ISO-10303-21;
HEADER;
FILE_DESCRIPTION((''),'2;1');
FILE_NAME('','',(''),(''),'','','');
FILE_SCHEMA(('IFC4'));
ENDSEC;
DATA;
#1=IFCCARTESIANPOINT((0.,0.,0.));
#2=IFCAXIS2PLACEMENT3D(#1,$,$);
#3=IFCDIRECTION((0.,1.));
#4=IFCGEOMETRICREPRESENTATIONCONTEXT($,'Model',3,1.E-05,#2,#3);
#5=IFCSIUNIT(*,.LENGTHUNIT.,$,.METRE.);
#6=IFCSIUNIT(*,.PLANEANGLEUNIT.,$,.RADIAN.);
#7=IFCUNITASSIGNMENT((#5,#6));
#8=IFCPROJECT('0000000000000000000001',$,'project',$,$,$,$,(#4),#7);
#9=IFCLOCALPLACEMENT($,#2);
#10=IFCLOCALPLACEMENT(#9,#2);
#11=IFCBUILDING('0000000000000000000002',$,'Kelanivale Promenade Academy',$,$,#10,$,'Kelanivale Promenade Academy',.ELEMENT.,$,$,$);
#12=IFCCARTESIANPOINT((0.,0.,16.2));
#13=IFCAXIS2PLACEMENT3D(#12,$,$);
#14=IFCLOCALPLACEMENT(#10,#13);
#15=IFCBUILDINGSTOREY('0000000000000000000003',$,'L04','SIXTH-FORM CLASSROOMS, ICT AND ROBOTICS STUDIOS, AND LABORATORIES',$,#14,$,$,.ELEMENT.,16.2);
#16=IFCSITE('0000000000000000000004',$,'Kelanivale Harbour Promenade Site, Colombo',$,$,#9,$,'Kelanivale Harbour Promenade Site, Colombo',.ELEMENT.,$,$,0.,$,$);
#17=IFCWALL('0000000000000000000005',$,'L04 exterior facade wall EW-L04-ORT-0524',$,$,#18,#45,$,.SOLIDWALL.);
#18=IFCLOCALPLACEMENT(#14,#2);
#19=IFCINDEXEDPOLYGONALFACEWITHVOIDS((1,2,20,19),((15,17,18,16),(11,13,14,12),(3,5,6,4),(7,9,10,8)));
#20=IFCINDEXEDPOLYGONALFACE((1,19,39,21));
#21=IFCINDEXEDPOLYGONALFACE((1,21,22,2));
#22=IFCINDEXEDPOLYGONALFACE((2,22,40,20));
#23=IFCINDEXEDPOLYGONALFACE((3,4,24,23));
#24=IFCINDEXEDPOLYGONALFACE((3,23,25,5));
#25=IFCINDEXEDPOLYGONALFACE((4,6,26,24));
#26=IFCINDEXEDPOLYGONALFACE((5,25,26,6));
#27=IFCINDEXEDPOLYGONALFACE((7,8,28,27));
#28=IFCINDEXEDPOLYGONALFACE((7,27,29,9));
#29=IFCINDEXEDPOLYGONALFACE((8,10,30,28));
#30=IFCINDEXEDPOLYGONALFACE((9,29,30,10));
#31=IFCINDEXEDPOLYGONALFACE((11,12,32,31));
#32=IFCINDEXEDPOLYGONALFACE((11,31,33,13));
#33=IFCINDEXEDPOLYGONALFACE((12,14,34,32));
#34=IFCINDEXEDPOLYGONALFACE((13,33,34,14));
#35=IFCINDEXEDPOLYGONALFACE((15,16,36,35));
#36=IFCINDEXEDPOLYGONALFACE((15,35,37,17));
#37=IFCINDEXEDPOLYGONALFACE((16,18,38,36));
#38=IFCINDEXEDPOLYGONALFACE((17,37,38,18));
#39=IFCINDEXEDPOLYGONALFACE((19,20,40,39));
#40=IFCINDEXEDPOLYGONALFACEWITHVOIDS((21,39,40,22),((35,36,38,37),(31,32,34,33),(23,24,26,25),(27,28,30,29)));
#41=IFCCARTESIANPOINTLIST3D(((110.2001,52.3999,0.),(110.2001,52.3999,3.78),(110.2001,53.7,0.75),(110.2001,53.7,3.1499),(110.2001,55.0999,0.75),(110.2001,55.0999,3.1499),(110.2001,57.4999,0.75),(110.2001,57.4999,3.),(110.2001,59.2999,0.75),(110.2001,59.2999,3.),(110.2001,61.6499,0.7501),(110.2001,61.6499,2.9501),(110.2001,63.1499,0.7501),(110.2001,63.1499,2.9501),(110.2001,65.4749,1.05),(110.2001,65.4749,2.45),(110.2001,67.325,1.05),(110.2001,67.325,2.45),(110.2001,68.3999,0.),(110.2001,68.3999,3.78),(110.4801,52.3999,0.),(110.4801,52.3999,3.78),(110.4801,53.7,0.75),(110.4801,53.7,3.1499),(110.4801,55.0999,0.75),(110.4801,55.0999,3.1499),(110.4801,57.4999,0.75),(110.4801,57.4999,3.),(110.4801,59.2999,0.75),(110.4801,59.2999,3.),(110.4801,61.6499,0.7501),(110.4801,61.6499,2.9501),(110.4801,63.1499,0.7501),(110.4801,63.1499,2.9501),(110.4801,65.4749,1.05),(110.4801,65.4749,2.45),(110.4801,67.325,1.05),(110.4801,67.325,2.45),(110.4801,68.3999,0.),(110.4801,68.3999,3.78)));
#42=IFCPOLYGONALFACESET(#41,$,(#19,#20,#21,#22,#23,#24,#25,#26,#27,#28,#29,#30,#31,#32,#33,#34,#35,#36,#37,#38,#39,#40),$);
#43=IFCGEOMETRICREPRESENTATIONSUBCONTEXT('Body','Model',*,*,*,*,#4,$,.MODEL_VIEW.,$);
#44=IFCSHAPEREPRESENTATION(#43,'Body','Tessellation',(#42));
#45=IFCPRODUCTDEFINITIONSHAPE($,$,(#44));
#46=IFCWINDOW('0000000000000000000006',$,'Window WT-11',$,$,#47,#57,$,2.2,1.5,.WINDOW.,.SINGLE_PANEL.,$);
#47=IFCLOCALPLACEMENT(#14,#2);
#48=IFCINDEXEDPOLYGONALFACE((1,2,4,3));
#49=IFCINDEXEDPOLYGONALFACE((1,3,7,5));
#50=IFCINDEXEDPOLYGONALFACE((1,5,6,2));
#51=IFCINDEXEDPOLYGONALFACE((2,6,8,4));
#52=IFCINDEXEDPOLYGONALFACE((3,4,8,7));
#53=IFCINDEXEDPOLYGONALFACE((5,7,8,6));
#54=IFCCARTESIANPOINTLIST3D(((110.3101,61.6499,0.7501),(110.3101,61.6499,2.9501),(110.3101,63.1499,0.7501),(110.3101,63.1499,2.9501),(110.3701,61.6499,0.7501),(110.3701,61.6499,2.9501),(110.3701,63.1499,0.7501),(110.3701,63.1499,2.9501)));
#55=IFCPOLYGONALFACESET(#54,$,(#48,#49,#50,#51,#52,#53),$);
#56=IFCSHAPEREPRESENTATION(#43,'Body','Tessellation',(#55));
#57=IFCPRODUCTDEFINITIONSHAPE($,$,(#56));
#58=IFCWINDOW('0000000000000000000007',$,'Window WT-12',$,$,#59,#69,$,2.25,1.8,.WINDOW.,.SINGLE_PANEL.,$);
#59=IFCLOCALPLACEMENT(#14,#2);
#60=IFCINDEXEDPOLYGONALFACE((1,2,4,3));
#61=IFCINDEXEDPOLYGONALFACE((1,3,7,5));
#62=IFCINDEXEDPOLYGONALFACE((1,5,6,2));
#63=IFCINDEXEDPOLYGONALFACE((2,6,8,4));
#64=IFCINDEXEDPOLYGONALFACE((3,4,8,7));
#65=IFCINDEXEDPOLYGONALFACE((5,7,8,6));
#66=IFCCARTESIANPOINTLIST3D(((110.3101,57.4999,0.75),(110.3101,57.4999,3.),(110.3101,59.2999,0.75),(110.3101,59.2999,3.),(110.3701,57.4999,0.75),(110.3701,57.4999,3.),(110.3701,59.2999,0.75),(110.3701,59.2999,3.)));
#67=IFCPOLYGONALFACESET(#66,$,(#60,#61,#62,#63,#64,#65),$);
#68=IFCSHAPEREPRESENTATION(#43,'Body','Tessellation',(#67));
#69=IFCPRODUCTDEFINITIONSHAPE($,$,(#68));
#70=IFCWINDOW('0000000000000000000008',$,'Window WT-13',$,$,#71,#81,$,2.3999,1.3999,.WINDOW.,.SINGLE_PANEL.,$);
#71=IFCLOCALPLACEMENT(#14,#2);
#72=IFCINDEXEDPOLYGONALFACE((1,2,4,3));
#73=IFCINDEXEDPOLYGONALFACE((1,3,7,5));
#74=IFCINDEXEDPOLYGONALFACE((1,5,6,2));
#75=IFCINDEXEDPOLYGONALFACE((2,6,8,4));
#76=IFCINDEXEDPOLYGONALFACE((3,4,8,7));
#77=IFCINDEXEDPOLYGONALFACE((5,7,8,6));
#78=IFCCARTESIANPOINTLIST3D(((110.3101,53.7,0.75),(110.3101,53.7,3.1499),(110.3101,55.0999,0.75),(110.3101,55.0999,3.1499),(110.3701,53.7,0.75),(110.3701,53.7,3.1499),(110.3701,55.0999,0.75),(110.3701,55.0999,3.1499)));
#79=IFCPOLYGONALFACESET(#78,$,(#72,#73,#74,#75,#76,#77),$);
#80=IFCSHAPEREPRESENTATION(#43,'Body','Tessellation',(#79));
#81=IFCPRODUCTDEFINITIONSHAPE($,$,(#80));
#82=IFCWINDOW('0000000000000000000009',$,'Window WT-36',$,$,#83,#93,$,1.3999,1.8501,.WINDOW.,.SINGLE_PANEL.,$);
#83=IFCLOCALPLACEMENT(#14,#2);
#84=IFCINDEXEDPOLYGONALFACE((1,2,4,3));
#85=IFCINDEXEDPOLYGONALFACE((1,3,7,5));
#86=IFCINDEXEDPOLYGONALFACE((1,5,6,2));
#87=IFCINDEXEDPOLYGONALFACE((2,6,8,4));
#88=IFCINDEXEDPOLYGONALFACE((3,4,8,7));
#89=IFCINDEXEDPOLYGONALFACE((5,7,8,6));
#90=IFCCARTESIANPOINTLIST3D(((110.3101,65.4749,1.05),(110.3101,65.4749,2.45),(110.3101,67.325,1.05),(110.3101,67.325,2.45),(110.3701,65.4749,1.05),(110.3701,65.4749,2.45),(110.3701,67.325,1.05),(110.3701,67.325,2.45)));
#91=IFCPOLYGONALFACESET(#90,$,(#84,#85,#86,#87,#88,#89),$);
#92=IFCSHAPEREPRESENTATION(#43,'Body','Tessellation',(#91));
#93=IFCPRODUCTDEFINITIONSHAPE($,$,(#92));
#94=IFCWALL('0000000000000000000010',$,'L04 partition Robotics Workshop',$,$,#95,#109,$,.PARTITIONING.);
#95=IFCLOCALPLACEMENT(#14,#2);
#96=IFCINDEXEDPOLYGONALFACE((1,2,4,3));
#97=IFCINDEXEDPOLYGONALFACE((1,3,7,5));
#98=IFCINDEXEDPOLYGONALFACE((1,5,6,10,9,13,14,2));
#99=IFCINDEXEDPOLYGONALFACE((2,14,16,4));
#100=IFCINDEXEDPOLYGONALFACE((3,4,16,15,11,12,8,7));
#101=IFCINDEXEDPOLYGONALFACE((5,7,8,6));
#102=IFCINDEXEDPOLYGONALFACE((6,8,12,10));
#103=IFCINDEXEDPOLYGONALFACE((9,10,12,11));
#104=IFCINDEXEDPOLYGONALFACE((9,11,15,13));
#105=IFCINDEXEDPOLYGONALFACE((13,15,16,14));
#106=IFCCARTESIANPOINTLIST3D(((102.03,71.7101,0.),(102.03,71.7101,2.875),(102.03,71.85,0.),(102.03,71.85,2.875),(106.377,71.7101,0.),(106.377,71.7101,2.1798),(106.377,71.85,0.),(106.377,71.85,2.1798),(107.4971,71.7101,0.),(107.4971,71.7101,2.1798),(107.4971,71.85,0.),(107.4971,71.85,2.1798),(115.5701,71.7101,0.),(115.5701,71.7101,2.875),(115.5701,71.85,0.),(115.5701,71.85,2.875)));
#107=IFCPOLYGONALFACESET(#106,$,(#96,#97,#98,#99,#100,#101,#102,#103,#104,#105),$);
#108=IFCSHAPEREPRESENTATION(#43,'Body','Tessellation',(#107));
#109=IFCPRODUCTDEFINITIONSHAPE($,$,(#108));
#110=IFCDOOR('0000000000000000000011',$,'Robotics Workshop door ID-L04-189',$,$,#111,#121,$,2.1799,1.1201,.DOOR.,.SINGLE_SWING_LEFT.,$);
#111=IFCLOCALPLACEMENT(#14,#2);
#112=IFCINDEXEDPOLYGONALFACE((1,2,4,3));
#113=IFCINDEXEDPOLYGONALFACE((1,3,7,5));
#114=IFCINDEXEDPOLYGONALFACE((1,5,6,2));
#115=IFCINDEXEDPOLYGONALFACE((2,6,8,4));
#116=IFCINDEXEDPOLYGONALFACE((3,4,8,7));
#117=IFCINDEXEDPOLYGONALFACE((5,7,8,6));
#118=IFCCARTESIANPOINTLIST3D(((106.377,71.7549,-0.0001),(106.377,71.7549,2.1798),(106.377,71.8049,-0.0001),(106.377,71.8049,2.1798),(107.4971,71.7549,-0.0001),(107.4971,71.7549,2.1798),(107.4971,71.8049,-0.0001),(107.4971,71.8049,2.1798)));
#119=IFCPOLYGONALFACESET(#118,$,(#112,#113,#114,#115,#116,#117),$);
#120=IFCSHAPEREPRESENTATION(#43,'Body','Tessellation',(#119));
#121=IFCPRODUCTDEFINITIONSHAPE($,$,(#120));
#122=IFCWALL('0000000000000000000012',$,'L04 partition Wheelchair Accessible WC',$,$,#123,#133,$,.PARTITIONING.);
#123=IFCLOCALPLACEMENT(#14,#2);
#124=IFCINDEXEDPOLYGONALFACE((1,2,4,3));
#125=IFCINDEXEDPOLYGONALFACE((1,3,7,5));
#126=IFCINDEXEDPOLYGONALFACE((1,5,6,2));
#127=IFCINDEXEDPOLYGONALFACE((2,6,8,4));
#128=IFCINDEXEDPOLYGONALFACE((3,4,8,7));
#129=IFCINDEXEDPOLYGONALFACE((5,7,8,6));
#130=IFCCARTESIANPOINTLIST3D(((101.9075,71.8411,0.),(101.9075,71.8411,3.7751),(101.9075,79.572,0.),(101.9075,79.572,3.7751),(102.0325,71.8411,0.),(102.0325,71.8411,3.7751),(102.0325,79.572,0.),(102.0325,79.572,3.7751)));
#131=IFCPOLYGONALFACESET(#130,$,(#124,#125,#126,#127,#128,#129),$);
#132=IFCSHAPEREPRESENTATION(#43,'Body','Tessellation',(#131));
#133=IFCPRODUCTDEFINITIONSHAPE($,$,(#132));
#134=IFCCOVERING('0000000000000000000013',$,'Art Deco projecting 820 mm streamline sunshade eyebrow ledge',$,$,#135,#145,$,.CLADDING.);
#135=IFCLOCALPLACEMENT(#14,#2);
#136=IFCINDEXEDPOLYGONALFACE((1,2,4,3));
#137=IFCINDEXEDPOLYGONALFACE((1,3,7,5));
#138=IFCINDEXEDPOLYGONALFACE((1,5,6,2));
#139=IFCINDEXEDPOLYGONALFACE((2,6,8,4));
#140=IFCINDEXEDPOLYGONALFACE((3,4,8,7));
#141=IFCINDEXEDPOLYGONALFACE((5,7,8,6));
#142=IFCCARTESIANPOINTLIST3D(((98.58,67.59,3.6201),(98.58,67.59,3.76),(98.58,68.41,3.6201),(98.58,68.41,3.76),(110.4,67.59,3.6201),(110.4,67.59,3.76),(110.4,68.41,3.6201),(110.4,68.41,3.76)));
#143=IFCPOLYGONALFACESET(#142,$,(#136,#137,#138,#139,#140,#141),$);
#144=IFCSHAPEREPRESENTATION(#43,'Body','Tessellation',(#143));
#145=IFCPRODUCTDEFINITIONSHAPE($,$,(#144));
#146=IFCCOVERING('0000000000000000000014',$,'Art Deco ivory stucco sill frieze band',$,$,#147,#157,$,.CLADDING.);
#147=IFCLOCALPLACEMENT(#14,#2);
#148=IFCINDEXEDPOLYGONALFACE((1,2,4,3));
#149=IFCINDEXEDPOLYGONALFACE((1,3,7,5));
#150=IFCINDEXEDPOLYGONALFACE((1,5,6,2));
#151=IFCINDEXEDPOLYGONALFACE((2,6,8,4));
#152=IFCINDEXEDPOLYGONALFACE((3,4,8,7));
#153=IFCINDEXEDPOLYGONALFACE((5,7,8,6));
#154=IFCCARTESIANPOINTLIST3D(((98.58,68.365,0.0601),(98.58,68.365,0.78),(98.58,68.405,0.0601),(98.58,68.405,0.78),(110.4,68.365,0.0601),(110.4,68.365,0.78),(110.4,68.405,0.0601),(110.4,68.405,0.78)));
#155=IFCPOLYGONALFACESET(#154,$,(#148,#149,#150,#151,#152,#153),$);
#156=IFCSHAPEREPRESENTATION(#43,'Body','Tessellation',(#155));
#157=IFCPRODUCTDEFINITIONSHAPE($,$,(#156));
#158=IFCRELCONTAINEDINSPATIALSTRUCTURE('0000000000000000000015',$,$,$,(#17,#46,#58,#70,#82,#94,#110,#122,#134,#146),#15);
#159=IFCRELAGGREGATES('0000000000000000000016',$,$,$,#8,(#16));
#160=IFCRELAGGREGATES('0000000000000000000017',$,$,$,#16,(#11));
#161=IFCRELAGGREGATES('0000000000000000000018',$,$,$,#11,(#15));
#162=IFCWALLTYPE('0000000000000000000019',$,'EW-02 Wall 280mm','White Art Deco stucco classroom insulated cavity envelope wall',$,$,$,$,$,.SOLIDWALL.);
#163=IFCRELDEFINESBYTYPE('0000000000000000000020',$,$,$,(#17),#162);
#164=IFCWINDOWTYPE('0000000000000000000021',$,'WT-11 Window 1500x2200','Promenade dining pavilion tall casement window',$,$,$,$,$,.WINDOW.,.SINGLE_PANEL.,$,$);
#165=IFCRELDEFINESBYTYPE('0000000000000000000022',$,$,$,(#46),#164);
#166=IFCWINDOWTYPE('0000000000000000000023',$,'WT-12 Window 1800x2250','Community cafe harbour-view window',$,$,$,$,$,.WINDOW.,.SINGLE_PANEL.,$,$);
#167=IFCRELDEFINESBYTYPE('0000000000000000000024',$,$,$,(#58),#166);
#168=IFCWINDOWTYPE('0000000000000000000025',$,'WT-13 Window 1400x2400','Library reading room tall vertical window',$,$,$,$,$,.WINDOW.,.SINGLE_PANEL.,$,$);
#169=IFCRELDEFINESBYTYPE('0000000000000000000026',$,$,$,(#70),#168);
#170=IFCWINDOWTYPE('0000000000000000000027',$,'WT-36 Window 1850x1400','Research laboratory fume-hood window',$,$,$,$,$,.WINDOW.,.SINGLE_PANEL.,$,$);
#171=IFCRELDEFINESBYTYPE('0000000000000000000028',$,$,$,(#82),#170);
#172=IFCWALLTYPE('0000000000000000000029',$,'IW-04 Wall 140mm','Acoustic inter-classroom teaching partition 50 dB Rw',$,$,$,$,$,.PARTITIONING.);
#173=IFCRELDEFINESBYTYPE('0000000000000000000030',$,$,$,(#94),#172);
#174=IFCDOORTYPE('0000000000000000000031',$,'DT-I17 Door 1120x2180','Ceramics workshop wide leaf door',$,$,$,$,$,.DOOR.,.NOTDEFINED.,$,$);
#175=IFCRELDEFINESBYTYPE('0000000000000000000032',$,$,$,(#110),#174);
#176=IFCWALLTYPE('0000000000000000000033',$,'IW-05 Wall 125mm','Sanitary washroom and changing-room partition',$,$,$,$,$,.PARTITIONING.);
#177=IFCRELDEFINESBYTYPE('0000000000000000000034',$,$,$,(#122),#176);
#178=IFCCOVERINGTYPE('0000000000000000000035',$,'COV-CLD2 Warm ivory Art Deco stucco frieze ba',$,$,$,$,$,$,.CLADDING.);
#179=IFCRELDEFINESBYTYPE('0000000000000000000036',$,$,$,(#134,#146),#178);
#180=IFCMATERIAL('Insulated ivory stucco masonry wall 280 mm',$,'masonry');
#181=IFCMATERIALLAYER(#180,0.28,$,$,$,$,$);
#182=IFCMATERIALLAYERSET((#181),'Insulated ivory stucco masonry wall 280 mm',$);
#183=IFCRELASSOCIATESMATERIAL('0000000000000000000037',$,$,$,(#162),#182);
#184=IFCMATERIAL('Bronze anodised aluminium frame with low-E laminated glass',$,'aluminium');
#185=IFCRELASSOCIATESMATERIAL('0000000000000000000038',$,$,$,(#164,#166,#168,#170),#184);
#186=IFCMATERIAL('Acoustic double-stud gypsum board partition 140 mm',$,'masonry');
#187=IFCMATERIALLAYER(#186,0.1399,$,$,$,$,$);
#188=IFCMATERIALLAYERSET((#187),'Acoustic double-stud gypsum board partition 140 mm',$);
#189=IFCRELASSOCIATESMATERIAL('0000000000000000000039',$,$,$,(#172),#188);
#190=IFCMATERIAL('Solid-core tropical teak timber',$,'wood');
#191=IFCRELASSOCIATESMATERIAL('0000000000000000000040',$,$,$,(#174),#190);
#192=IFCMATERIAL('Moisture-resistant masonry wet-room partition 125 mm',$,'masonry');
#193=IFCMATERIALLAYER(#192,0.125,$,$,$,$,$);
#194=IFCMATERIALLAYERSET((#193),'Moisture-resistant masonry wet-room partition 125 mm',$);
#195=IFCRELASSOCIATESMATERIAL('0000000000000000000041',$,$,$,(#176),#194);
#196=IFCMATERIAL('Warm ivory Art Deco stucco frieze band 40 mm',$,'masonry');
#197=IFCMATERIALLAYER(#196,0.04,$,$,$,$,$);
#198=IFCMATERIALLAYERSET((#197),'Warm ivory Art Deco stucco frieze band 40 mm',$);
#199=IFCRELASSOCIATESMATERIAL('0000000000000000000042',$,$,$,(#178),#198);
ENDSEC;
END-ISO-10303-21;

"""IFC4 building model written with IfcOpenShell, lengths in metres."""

from ifc_helpers import new_model, si_unit, direction, frame, frame_2d, origin, origin_2d, place, context, subcontext, project, spatial, rectangle, extrude, material, layer, layer_set, type_object, element, fill, save


model = new_model("IFC4")

# Units and contexts
model_context = context("Model", 3, precision=1e-05, world=origin(), true_north=direction((0.0, 1.0)))
body_context = subcontext(model_context, "Body", "Model", "MODEL_VIEW")
ifc_project = project(units=[si_unit("LENGTHUNIT", "METRE"), si_unit("PLANEANGLEUNIT", "RADIAN")], contexts=[model_context])

# Site, building, storey
site_placement = place(None, origin())
site = spatial("IfcSite", under=ifc_project, at=site_placement, Name="Kelanivale Harbour Promenade Site, Colombo", LongName="Kelanivale Harbour Promenade Site, Colombo", CompositionType="ELEMENT", RefElevation=0.0)
building_placement = place(site_placement, origin())
building = spatial("IfcBuilding", under=site, at=building_placement, Name="Kelanivale Promenade Academy", LongName="Kelanivale Promenade Academy", CompositionType="ELEMENT")
storey_placement = place(building_placement, frame((0.0, 0.0, 16.2)))
storey = spatial("IfcBuildingStorey", under=building, at=storey_placement, Name="L04", Description="SIXTH-FORM CLASSROOMS, ICT AND ROBOTICS STUDIOS, AND LABORATORIES", CompositionType="ELEMENT", Elevation=16.2)

# Wall, openings, windows
ifc_material_1 = material(Name="Insulated ivory stucco masonry wall 280 mm", Category="masonry")
ifc_layer_1 = layer(ifc_material_1, 0.28)
ifc_layer_set_1 = layer_set([ifc_layer_1], Name="Insulated ivory stucco masonry wall 280 mm")
wall_type_1 = type_object("IfcWallType", Name="EW-02 Wall 280mm", Description="White Art Deco stucco classroom insulated cavity envelope wall", PredefinedType="SOLIDWALL", material=ifc_layer_set_1)
wall_1_placement = place(storey_placement, frame((110.3401, 68.3999, 0.0), z_axis=(0.0, 0.0, 1.0), x_axis=(0.0, -1.0, 0.0)))
wall_1 = element("IfcWall", 1, at=wall_1_placement, inside=storey, type_object=wall_type_1, Name="L04 exterior facade wall EW-L04-ORT-0524", PredefinedType="SOLIDWALL", context=body_context, shape_type="SweptSolid", body=[
    extrude(rectangle(XDim=16.0, YDim=0.28, at=frame_2d((8.0, 0.0))), origin(), (0.0, 0.0, 1.0), 3.78),
])
opening_1_placement = place(wall_1_placement, frame((1.075, 0.0, 1.05)))
opening_1 = element("IfcOpeningElement", 2, at=opening_1_placement, cuts=wall_1, PredefinedType="OPENING", context=body_context, shape_type="SweptSolid", body=[
    extrude(rectangle(XDim=1.8501, YDim=1.3999, at=frame_2d((0.925, 0.7))), frame((0.0, 0.1499, 0.0), z_axis=(0.0, -1.0, 0.0), x_axis=(1.0, 0.0, 0.0)), (0.0, 0.0, 1.0), 0.3),
])
opening_2_placement = place(wall_1_placement, frame((5.25, 0.0, 0.75)))
opening_2 = element("IfcOpeningElement", 3, at=opening_2_placement, cuts=wall_1, PredefinedType="OPENING", context=body_context, shape_type="SweptSolid", body=[
    extrude(rectangle(XDim=1.5, YDim=2.2, at=frame_2d((0.75, 1.1001))), frame((0.0, 0.1499, 0.0), z_axis=(0.0, -1.0, 0.0), x_axis=(1.0, 0.0, 0.0)), (0.0, 0.0, 1.0), 0.3),
])
opening_3_placement = place(wall_1_placement, frame((9.1001, 0.0, 0.75)))
opening_3 = element("IfcOpeningElement", 4, at=opening_3_placement, cuts=wall_1, PredefinedType="OPENING", context=body_context, shape_type="SweptSolid", body=[
    extrude(rectangle(XDim=1.8, YDim=2.25, at=frame_2d((0.8999, 1.125))), frame((0.0, 0.1499, 0.0), z_axis=(0.0, -1.0, 0.0), x_axis=(1.0, 0.0, 0.0)), (0.0, 0.0, 1.0), 0.3),
])
opening_4_placement = place(wall_1_placement, frame((13.3, 0.0, 0.75)))
opening_4 = element("IfcOpeningElement", 5, at=opening_4_placement, cuts=wall_1, PredefinedType="OPENING", context=body_context, shape_type="SweptSolid", body=[
    extrude(rectangle(XDim=1.3999, YDim=2.3999, at=frame_2d((0.7, 1.2))), frame((0.0, 0.1499, 0.0), z_axis=(0.0, -1.0, 0.0), x_axis=(1.0, 0.0, 0.0)), (0.0, 0.0, 1.0), 0.3),
])
ifc_material_2 = material(Name="Bronze anodised aluminium frame with low-E laminated glass", Category="aluminium")
window_type_1 = type_object("IfcWindowType", Name="WT-11 Window 1500x2200", Description="Promenade dining pavilion tall casement window", PartitioningType="SINGLE_PANEL", PredefinedType="WINDOW", material=ifc_material_2)
window_1_placement = place(opening_2_placement, origin())
window_1 = element("IfcWindow", 6, at=window_1_placement, inside=storey, type_object=window_type_1, Name="Window WT-11", OverallHeight=2.2, OverallWidth=1.5, PartitioningType="SINGLE_PANEL", PredefinedType="WINDOW", context=body_context, shape_type="SweptSolid", body=[
    extrude(rectangle(XDim=1.5, YDim=2.2, at=frame_2d((0.75, 1.1001))), frame((0.0, 0.03, 0.0), z_axis=(0.0, -1.0, 0.0), x_axis=(1.0, 0.0, 0.0)), (0.0, 0.0, 1.0), 0.0601),
])
fill(opening_2, window_1)
window_type_2 = type_object("IfcWindowType", Name="WT-12 Window 1800x2250", Description="Community cafe harbour-view window", PartitioningType="SINGLE_PANEL", PredefinedType="WINDOW", material=ifc_material_2)
window_2_placement = place(opening_3_placement, origin())
window_2 = element("IfcWindow", 7, at=window_2_placement, inside=storey, type_object=window_type_2, Name="Window WT-12", OverallHeight=2.25, OverallWidth=1.8, PartitioningType="SINGLE_PANEL", PredefinedType="WINDOW", context=body_context, shape_type="SweptSolid", body=[
    extrude(rectangle(XDim=1.8, YDim=2.25, at=frame_2d((0.8999, 1.125))), frame((0.0, 0.03, 0.0), z_axis=(0.0, -1.0, 0.0), x_axis=(1.0, 0.0, 0.0)), (0.0, 0.0, 1.0), 0.0601),
])
fill(opening_3, window_2)
window_type_3 = type_object("IfcWindowType", Name="WT-13 Window 1400x2400", Description="Library reading room tall vertical window", PartitioningType="SINGLE_PANEL", PredefinedType="WINDOW", material=ifc_material_2)
window_3_placement = place(opening_4_placement, origin())
window_3 = element("IfcWindow", 8, at=window_3_placement, inside=storey, type_object=window_type_3, Name="Window WT-13", OverallHeight=2.3999, OverallWidth=1.3999, PartitioningType="SINGLE_PANEL", PredefinedType="WINDOW", context=body_context, shape_type="SweptSolid", body=[
    extrude(rectangle(XDim=1.3999, YDim=2.3999, at=frame_2d((0.7, 1.2))), frame((0.0, 0.03, 0.0), z_axis=(0.0, -1.0, 0.0), x_axis=(1.0, 0.0, 0.0)), (0.0, 0.0, 1.0), 0.0601),
])
fill(opening_4, window_3)
window_type_4 = type_object("IfcWindowType", Name="WT-36 Window 1850x1400", Description="Research laboratory fume-hood window", PartitioningType="SINGLE_PANEL", PredefinedType="WINDOW", material=ifc_material_2)
window_4_placement = place(opening_1_placement, origin())
window_4 = element("IfcWindow", 9, at=window_4_placement, inside=storey, type_object=window_type_4, Name="Window WT-36", OverallHeight=1.3999, OverallWidth=1.8501, PartitioningType="SINGLE_PANEL", PredefinedType="WINDOW", context=body_context, shape_type="SweptSolid", body=[
    extrude(rectangle(XDim=1.8501, YDim=1.3999, at=frame_2d((0.925, 0.7))), frame((0.0, 0.03, 0.0), z_axis=(0.0, -1.0, 0.0), x_axis=(1.0, 0.0, 0.0)), (0.0, 0.0, 1.0), 0.0601),
])
fill(opening_1, window_4)

# Wall, opening, door
ifc_material_3 = material(Name="Acoustic double-stud gypsum board partition 140 mm", Category="masonry")
ifc_layer_2 = layer(ifc_material_3, 0.1399)
ifc_layer_set_2 = layer_set([ifc_layer_2], Name="Acoustic double-stud gypsum board partition 140 mm")
wall_type_2 = type_object("IfcWallType", Name="IW-04 Wall 140mm", Description="Acoustic inter-classroom teaching partition 50 dB Rw", PredefinedType="PARTITIONING", material=ifc_layer_set_2)
wall_2_placement = place(storey_placement, frame((102.03, 71.78, 0.0), z_axis=(0.0, 0.0, 1.0), x_axis=(1.0, 0.0, 0.0)))
wall_2 = element("IfcWall", 10, at=wall_2_placement, inside=storey, type_object=wall_type_2, Name="L04 partition Robotics Workshop", PredefinedType="PARTITIONING", context=body_context, shape_type="SweptSolid", body=[
    extrude(rectangle(XDim=13.54, YDim=0.1399, at=frame_2d((6.77, 0.0))), origin(), (0.0, 0.0, 1.0), 2.875),
])
opening_5_placement = place(wall_2_placement, frame((4.3469, 0.0, 0.0)))
opening_5 = element("IfcOpeningElement", 11, at=opening_5_placement, cuts=wall_2, PredefinedType="OPENING", context=body_context, shape_type="SweptSolid", body=[
    extrude(rectangle(XDim=1.1201, YDim=2.1799, at=frame_2d((0.5601, 1.0898))), frame((0.0, 0.0801, 0.0), z_axis=(0.0, -1.0, 0.0), x_axis=(1.0, 0.0, 0.0)), (0.0, 0.0, 1.0), 0.1599),
])
ifc_material_4 = material(Name="Solid-core tropical teak timber", Category="wood")
door_type_1 = type_object("IfcDoorType", Name="DT-I17 Door 1120x2180", Description="Ceramics workshop wide leaf door", OperationType="NOTDEFINED", PredefinedType="DOOR", material=ifc_material_4)
door_1_placement = place(opening_5_placement, origin())
door_1 = element("IfcDoor", 12, at=door_1_placement, inside=storey, type_object=door_type_1, Name="Robotics Workshop door ID-L04-189", OperationType="SINGLE_SWING_LEFT", OverallHeight=2.1799, OverallWidth=1.1201, PredefinedType="DOOR", context=body_context, shape_type="SweptSolid", body=[
    extrude(rectangle(XDim=1.1201, YDim=2.1799, at=frame_2d((0.5601, 1.0898))), frame((0.0, 0.0249, 0.0), z_axis=(0.0, -1.0, 0.0), x_axis=(1.0, 0.0, 0.0)), (0.0, 0.0, 1.0), 0.05),
])
fill(opening_5, door_1)

# Wall
ifc_material_5 = material(Name="Moisture-resistant masonry wet-room partition 125 mm", Category="masonry")
ifc_layer_3 = layer(ifc_material_5, 0.125)
ifc_layer_set_3 = layer_set([ifc_layer_3], Name="Moisture-resistant masonry wet-room partition 125 mm")
wall_type_3 = type_object("IfcWallType", Name="IW-05 Wall 125mm", Description="Sanitary washroom and changing-room partition", PredefinedType="PARTITIONING", material=ifc_layer_set_3)
wall_3_placement = place(storey_placement, frame((101.97, 71.8411, 0.0), z_axis=(0.0, 0.0, 1.0), x_axis=(0.0, 1.0, 0.0)))
element("IfcWall", 13, at=wall_3_placement, inside=storey, type_object=wall_type_3, Name="L04 partition Wheelchair Accessible WC", PredefinedType="PARTITIONING", context=body_context, shape_type="SweptSolid", body=[
    extrude(rectangle(XDim=7.731, YDim=0.125, at=frame_2d((3.8655, 0.0))), origin(), (0.0, 0.0, 1.0), 3.7751),
])

# Coverings
ifc_material_6 = material(Name="Warm ivory Art Deco stucco frieze band 40 mm", Category="masonry")
ifc_layer_4 = layer(ifc_material_6, 0.04)
ifc_layer_set_4 = layer_set([ifc_layer_4], Name="Warm ivory Art Deco stucco frieze band 40 mm")
covering_type = type_object("IfcCoveringType", Name="COV-CLD2 Warm ivory Art Deco stucco frieze ba", PredefinedType="CLADDING", material=ifc_layer_set_4)
covering_1_placement = place(storey_placement, frame((104.49, 68.0, 3.6201), z_axis=(0.0, 0.0, 1.0), x_axis=(1.0, 0.0, 0.0)))
element("IfcCovering", 14, at=covering_1_placement, inside=storey, type_object=covering_type, Name="Art Deco projecting 820 mm streamline sunshade eyebrow ledge", PredefinedType="CLADDING", context=body_context, shape_type="SweptSolid", body=[
    extrude(rectangle(XDim=11.8201, YDim=0.8201, at=origin_2d()), origin(), (0.0, 0.0, 1.0), 0.1399),
])
covering_2_placement = place(storey_placement, frame((104.49, 68.385, 0.0601), z_axis=(0.0, 0.0, 1.0), x_axis=(1.0, 0.0, 0.0)))
element("IfcCovering", 15, at=covering_2_placement, inside=storey, type_object=covering_type, Name="Art Deco ivory stucco sill frieze band", PredefinedType="CLADDING", context=body_context, shape_type="SweptSolid", body=[
    extrude(rectangle(XDim=11.8201, YDim=0.04, at=origin_2d()), origin(), (0.0, 0.0, 1.0), 0.72),
])

save(model, "model.ifc")
